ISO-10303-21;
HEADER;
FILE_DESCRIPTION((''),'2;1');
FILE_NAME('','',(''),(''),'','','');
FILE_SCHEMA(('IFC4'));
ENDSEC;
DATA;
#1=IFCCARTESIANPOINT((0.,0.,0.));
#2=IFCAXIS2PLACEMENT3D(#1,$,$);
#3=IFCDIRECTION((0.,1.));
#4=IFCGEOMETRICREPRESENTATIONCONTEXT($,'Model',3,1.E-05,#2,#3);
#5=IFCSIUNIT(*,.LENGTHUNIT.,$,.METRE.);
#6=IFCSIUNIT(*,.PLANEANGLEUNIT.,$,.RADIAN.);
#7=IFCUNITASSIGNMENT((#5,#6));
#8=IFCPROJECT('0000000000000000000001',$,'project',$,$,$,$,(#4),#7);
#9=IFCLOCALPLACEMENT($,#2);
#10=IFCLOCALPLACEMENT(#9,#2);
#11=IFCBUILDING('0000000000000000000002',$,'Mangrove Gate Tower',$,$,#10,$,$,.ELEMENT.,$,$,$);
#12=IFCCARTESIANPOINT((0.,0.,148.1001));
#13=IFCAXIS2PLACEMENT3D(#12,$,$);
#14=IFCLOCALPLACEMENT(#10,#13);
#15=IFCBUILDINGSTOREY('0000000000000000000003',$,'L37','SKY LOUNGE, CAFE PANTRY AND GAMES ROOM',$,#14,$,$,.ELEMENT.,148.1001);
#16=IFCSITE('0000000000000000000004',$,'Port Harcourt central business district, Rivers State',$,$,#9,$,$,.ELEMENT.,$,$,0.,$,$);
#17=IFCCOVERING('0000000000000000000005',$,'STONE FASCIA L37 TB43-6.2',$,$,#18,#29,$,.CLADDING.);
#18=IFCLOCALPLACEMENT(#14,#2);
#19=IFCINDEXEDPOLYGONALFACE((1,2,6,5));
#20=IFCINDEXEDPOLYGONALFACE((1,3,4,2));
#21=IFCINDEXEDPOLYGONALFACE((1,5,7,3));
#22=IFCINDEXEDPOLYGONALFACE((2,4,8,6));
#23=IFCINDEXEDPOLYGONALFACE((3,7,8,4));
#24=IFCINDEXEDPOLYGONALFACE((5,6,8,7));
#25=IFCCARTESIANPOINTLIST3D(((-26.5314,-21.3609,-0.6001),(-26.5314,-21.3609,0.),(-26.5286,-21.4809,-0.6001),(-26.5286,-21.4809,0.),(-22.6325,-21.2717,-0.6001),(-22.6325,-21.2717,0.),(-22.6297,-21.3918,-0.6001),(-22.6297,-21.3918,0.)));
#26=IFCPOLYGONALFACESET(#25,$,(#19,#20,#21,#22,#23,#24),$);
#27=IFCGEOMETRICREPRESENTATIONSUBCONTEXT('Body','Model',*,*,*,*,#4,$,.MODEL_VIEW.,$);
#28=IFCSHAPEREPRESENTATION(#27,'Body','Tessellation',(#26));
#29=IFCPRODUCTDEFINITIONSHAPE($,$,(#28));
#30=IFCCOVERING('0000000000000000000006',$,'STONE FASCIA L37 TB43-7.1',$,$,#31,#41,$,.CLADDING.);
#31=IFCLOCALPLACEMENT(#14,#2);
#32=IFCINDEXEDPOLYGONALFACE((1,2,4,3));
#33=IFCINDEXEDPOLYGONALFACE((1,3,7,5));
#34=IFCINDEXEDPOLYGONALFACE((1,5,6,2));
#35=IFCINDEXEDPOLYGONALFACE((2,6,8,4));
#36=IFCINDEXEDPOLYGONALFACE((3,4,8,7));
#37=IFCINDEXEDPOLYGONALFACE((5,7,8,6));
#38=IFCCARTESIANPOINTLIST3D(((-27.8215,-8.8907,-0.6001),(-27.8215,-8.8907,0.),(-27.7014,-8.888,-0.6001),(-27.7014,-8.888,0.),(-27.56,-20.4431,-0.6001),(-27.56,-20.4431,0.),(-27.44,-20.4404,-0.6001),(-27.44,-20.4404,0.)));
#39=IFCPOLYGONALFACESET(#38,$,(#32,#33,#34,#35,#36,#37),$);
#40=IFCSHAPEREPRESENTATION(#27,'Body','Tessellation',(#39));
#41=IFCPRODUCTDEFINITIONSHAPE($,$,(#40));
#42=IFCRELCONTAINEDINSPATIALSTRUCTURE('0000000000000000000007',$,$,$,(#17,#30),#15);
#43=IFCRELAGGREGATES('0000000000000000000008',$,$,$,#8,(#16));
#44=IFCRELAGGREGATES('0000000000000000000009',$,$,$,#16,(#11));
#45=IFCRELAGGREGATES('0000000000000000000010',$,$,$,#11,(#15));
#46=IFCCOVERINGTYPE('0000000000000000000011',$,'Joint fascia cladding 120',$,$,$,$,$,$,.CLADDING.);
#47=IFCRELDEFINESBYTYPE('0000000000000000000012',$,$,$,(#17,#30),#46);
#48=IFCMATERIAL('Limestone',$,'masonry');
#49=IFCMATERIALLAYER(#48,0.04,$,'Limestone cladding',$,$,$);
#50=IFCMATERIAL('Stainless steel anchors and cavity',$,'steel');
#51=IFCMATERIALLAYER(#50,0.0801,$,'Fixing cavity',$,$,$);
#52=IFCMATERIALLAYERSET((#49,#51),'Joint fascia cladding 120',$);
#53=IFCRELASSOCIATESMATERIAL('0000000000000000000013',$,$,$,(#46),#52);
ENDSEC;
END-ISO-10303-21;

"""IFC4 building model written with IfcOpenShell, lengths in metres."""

from ifc_helpers import new_model, si_unit, direction, frame, frame_2d, origin, place, context, subcontext, project, spatial, rectangle, extrude, material, layer, layer_set, type_object, element, save


model = new_model("IFC4")

# Units and contexts
model_context = context("Model", 3, precision=1e-05, world=origin(), true_north=direction((0.0, 1.0)))
body_context = subcontext(model_context, "Body", "Model", "MODEL_VIEW")
ifc_project = project(units=[si_unit("LENGTHUNIT", "METRE"), si_unit("PLANEANGLEUNIT", "RADIAN")], contexts=[model_context])

# Site, building, storey
site_placement = place(None, origin())
site = spatial("IfcSite", under=ifc_project, at=site_placement, Name="Port Harcourt central business district, Rivers State", CompositionType="ELEMENT", RefElevation=0.0)
building_placement = place(site_placement, origin())
building = spatial("IfcBuilding", under=site, at=building_placement, Name="Mangrove Gate Tower", CompositionType="ELEMENT")
storey_placement = place(building_placement, frame((0.0, 0.0, 148.1001)))
storey = spatial("IfcBuildingStorey", under=building, at=storey_placement, Name="L37", Description="SKY LOUNGE, CAFE PANTRY AND GAMES ROOM", CompositionType="ELEMENT", Elevation=148.1001)

# Shared definitions
ifc_material_1 = material(Name="Limestone", Category="masonry")

# Coverings
ifc_layer_1 = layer(ifc_material_1, 0.04, Name="Limestone cladding")
ifc_material_2 = material(Name="Stainless steel anchors and cavity", Category="steel")
ifc_layer_2 = layer(ifc_material_2, 0.0801, Name="Fixing cavity")
ifc_layer_set_1 = layer_set([ifc_layer_1, ifc_layer_2], Name="Joint fascia cladding 120")
covering_type = type_object("IfcCoveringType", Name="Joint fascia cladding 120", PredefinedType="CLADDING", material=ifc_layer_set_1)
for number, where, z_axis, x_axis, name in (
    (1, (-22.6311, -21.3318, -0.6001), (0.0, 0.0, 1.0), (-0.999739, -0.022849, 0.0), "STONE FASCIA L37 TB43-6.2"),
):
    element("IfcCovering", number, at=place(storey_placement, frame(where, z_axis=z_axis, x_axis=x_axis)), inside=storey, type_object=covering_type, Name=name, PredefinedType="CLADDING", context=body_context, shape_type="SweptSolid", body=[
        extrude(rectangle(XDim=3.8999, YDim=0.1201, at=frame_2d((1.95, 0.0))), origin(), (0.0, 0.0, 1.0), 0.6001),
    ])
covering_1_placement = place(storey_placement, frame((-27.5, -20.4419, -0.6001), z_axis=(0.0, 0.0, 1.0), x_axis=(-0.022628, 0.999744, 0.0)))
element("IfcCovering", 2, at=covering_1_placement, inside=storey, type_object=covering_type, Name="STONE FASCIA L37 TB43-7.1", PredefinedType="CLADDING", context=body_context, shape_type="SweptSolid", body=[
    extrude(rectangle(XDim=11.5554, YDim=0.1201, at=frame_2d((5.7778, 0.0))), origin(), (0.0, 0.0, 1.0), 0.6001),
])

save(model, "model.ifc")
